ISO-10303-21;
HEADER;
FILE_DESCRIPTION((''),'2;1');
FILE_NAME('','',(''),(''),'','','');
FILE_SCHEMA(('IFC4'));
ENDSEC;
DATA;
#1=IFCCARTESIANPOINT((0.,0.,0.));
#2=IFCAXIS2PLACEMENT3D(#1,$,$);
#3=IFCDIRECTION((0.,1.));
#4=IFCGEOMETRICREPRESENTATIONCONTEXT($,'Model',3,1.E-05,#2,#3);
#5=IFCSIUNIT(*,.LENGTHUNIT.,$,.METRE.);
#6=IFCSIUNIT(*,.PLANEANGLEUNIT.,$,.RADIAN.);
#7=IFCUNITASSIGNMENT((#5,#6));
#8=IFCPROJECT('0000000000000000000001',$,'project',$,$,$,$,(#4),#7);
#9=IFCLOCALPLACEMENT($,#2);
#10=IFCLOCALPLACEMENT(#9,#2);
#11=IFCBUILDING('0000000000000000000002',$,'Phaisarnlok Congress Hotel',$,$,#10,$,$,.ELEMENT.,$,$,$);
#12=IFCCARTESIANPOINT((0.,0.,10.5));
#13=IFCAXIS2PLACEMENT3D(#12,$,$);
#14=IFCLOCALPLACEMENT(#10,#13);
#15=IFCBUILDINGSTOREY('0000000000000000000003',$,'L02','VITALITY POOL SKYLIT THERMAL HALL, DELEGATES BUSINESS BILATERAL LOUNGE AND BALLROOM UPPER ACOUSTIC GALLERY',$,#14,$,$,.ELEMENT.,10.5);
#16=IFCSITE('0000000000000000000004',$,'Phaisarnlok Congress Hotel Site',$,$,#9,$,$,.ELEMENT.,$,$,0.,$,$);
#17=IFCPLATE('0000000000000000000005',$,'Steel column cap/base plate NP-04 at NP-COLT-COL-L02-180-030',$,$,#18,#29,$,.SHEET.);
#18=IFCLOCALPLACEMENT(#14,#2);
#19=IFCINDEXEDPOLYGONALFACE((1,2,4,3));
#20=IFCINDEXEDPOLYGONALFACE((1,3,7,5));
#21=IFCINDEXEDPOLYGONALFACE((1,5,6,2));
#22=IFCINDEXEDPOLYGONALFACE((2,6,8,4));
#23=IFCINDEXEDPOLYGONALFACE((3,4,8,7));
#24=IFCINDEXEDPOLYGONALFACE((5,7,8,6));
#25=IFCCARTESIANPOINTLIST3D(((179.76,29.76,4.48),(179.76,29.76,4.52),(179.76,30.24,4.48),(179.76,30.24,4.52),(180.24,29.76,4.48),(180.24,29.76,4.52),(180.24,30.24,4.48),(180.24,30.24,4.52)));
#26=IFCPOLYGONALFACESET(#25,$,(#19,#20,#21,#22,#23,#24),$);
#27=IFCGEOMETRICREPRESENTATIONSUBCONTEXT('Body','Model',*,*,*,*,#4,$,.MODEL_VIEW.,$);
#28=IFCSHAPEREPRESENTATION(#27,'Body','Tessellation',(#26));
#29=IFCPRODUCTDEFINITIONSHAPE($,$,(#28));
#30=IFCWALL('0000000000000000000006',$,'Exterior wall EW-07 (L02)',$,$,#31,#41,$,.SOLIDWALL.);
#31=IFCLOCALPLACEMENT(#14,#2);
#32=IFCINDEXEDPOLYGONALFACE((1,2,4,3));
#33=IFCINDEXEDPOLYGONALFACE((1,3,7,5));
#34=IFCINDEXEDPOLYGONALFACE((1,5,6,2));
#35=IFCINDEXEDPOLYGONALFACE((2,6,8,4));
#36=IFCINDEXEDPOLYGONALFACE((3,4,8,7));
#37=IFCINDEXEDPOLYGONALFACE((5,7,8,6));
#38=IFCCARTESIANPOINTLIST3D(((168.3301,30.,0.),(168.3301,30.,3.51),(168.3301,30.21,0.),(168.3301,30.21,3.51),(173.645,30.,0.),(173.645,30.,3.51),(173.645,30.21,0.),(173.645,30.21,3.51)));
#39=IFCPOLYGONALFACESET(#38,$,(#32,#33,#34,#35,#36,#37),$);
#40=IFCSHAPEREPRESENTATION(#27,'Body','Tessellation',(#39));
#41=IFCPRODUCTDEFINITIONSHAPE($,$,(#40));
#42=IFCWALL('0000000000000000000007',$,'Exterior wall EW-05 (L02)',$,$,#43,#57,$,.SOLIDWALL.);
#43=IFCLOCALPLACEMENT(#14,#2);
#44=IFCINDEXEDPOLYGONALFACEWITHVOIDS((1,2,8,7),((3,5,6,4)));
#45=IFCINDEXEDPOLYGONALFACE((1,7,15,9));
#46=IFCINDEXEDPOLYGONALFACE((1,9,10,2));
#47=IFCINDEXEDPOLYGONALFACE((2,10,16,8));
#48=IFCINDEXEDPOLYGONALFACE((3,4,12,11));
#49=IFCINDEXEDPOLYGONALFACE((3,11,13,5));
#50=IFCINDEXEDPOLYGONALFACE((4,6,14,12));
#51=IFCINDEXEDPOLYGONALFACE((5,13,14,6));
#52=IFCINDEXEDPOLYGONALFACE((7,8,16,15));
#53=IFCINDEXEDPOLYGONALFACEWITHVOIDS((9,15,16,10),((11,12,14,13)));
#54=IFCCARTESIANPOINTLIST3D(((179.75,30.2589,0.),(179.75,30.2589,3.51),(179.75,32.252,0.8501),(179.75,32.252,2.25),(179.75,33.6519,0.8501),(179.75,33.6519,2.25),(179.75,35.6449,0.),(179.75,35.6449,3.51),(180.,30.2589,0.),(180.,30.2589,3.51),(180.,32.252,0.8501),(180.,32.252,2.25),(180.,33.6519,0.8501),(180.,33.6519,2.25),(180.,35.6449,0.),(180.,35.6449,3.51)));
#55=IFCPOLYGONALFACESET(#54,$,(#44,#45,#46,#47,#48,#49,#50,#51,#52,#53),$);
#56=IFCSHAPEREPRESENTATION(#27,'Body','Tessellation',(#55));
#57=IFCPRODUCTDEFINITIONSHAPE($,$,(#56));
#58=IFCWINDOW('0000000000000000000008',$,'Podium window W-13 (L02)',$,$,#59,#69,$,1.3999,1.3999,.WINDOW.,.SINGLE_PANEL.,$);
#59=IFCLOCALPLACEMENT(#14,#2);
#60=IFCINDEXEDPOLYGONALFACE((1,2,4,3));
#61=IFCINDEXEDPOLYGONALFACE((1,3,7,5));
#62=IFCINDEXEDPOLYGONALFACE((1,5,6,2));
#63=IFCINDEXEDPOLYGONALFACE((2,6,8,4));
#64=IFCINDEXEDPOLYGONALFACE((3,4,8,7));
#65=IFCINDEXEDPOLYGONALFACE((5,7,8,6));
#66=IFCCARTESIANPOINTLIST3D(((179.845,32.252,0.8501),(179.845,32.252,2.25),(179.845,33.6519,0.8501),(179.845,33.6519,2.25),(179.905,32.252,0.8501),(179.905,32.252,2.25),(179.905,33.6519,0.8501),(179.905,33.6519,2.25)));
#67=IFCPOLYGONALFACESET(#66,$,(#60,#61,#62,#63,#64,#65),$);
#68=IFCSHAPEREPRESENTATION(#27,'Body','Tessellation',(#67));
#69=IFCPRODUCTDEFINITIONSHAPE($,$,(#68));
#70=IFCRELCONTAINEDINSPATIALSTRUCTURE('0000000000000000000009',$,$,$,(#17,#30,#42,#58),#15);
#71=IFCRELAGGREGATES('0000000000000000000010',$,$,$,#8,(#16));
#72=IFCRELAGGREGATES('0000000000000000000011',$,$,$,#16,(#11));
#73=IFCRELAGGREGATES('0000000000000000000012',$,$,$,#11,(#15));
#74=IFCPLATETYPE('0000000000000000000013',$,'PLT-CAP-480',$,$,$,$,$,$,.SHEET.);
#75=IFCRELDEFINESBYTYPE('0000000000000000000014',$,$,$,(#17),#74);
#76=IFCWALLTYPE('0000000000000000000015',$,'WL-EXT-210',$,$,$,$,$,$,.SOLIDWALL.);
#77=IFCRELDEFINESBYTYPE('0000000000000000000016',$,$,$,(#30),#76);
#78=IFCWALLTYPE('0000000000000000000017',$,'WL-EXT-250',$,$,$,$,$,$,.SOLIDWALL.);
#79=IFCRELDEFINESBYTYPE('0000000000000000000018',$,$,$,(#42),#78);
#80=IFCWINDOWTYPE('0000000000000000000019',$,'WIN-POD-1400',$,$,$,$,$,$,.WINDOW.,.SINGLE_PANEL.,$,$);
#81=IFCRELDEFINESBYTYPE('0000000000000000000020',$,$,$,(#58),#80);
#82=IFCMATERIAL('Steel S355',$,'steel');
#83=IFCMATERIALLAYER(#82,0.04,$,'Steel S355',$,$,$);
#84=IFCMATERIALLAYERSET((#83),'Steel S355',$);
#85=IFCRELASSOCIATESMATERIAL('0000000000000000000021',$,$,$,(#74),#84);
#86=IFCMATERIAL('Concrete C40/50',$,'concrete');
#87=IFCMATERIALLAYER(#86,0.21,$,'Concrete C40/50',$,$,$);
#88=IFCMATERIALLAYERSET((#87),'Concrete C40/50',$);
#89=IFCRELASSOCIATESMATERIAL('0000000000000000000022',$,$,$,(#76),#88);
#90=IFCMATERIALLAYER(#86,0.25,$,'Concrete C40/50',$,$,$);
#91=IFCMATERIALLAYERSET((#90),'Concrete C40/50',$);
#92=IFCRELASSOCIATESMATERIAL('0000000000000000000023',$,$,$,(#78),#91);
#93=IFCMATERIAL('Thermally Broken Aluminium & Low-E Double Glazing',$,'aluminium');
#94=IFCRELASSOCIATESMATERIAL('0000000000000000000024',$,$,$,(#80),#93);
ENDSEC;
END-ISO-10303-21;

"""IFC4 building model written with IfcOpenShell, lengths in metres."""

from ifc_helpers import new_model, si_unit, direction, frame, frame_2d, origin, origin_2d, place, context, subcontext, project, spatial, rectangle, extrude, material, layer, layer_set, type_object, element, fill, save


model = new_model("IFC4")

# Units and contexts
model_context = context("Model", 3, precision=1e-05, world=origin(), true_north=direction((0.0, 1.0)))
body_context = subcontext(model_context, "Body", "Model", "MODEL_VIEW")
ifc_project = project(units=[si_unit("LENGTHUNIT", "METRE"), si_unit("PLANEANGLEUNIT", "RADIAN")], contexts=[model_context])

# Site, building, storey
site_placement = place(None, origin())
site = spatial("IfcSite", under=ifc_project, at=site_placement, Name="Phaisarnlok Congress Hotel Site", CompositionType="ELEMENT", RefElevation=0.0)
building_placement = place(site_placement, origin())
building = spatial("IfcBuilding", under=site, at=building_placement, Name="Phaisarnlok Congress Hotel", CompositionType="ELEMENT")
storey_placement = place(building_placement, frame((0.0, 0.0, 10.5)))
storey = spatial("IfcBuildingStorey", under=building, at=storey_placement, Name="L02", Description="VITALITY POOL SKYLIT THERMAL HALL, DELEGATES BUSINESS BILATERAL LOUNGE AND BALLROOM UPPER ACOUSTIC GALLERY", CompositionType="ELEMENT", Elevation=10.5)

# Shared definitions
ifc_material_1 = material(Name="Steel S355", Category="steel")

# Shared definitions
ifc_material_2 = material(Name="Concrete C40/50", Category="concrete")

# Plate
ifc_layer_1 = layer(ifc_material_1, 0.04, Name="Steel S355")
ifc_layer_set_1 = layer_set([ifc_layer_1], Name="Steel S355")
plate_type_1 = type_object("IfcPlateType", Name="PLT-CAP-480", PredefinedType="SHEET", material=ifc_layer_set_1)
for number, where, z_axis, x_axis, name in (
    (1, (180.0, 30.0, 4.48), (0.0, 0.0, 1.0), (1.0, 0.0, 0.0), "Steel column cap/base plate NP-04 at NP-COLT-COL-L02-180-030"),
):
    element("IfcPlate", number, at=place(storey_placement, frame(where, z_axis=z_axis, x_axis=x_axis)), inside=storey, type_object=plate_type_1, Name=name, PredefinedType="SHEET", context=body_context, shape_type="SweptSolid", body=[
        extrude(rectangle(XDim=0.48, YDim=0.48, at=origin_2d()), origin(), (0.0, 0.0, 1.0), 0.04),
    ])

# Wall
ifc_layer_2 = layer(ifc_material_2, 0.21, Name="Concrete C40/50")
ifc_layer_set_2 = layer_set([ifc_layer_2], Name="Concrete C40/50")
wall_type_1 = type_object("IfcWallType", Name="WL-EXT-210", PredefinedType="SOLIDWALL", material=ifc_layer_set_2)
wall_1_placement = place(storey_placement, frame((168.3301, 30.105, 0.0), z_axis=(0.0, 0.0, 1.0), x_axis=(1.0, 0.0, 0.0)))
element("IfcWall", 2, at=wall_1_placement, inside=storey, type_object=wall_type_1, Name="Exterior wall EW-07 (L02)", PredefinedType="SOLIDWALL", context=body_context, shape_type="SweptSolid", body=[
    extrude(rectangle(XDim=5.3149, YDim=0.21, at=frame_2d((2.6575, 0.0))), origin(), (0.0, 0.0, 1.0), 3.51),
])

# Wall, opening, window
ifc_layer_3 = layer(ifc_material_2, 0.25, Name="Concrete C40/50")
ifc_layer_set_3 = layer_set([ifc_layer_3], Name="Concrete C40/50")
wall_type_2 = type_object("IfcWallType", Name="WL-EXT-250", PredefinedType="SOLIDWALL", material=ifc_layer_set_3)
wall_2_placement = place(storey_placement, frame((179.875, 30.259, 0.0), z_axis=(0.0, 0.0, 1.0), x_axis=(0.0, 1.0, 0.0)))
wall_2 = element("IfcWall", 3, at=wall_2_placement, inside=storey, type_object=wall_type_2, Name="Exterior wall EW-05 (L02)", PredefinedType="SOLIDWALL", context=body_context, shape_type="SweptSolid", body=[
    extrude(rectangle(XDim=5.386, YDim=0.25, at=frame_2d((2.6929, 0.0))), origin(), (0.0, 0.0, 1.0), 3.51),
])
opening_placement = place(wall_2_placement, frame((1.9929, 0.0, 0.8501)))
opening = element("IfcOpeningElement", 4, at=opening_placement, cuts=wall_2, PredefinedType="OPENING", context=body_context, shape_type="SweptSolid", body=[
    extrude(rectangle(XDim=1.3999, YDim=1.3999, at=frame_2d((0.7, 0.7))), frame((0.0, 0.135, 0.0), z_axis=(0.0, -1.0, 0.0), x_axis=(1.0, 0.0, 0.0)), (0.0, 0.0, 1.0), 0.27),
])
ifc_material_3 = material(Name="Thermally Broken Aluminium & Low-E Double Glazing", Category="aluminium")
window_type = type_object("IfcWindowType", Name="WIN-POD-1400", PartitioningType="SINGLE_PANEL", PredefinedType="WINDOW", material=ifc_material_3)
window_placement = place(opening_placement, origin())
window = element("IfcWindow", 5, at=window_placement, inside=storey, type_object=window_type, Name="Podium window W-13 (L02)", OverallHeight=1.3999, OverallWidth=1.3999, PartitioningType="SINGLE_PANEL", PredefinedType="WINDOW", context=body_context, shape_type="SweptSolid", body=[
    extrude(rectangle(XDim=1.3999, YDim=1.3999, at=frame_2d((0.7, 0.7))), frame((0.0, 0.03, 0.0), z_axis=(0.0, -1.0, 0.0), x_axis=(1.0, 0.0, 0.0)), (0.0, 0.0, 1.0), 0.0601),
])
fill(opening, window)

save(model, "model.ifc")
